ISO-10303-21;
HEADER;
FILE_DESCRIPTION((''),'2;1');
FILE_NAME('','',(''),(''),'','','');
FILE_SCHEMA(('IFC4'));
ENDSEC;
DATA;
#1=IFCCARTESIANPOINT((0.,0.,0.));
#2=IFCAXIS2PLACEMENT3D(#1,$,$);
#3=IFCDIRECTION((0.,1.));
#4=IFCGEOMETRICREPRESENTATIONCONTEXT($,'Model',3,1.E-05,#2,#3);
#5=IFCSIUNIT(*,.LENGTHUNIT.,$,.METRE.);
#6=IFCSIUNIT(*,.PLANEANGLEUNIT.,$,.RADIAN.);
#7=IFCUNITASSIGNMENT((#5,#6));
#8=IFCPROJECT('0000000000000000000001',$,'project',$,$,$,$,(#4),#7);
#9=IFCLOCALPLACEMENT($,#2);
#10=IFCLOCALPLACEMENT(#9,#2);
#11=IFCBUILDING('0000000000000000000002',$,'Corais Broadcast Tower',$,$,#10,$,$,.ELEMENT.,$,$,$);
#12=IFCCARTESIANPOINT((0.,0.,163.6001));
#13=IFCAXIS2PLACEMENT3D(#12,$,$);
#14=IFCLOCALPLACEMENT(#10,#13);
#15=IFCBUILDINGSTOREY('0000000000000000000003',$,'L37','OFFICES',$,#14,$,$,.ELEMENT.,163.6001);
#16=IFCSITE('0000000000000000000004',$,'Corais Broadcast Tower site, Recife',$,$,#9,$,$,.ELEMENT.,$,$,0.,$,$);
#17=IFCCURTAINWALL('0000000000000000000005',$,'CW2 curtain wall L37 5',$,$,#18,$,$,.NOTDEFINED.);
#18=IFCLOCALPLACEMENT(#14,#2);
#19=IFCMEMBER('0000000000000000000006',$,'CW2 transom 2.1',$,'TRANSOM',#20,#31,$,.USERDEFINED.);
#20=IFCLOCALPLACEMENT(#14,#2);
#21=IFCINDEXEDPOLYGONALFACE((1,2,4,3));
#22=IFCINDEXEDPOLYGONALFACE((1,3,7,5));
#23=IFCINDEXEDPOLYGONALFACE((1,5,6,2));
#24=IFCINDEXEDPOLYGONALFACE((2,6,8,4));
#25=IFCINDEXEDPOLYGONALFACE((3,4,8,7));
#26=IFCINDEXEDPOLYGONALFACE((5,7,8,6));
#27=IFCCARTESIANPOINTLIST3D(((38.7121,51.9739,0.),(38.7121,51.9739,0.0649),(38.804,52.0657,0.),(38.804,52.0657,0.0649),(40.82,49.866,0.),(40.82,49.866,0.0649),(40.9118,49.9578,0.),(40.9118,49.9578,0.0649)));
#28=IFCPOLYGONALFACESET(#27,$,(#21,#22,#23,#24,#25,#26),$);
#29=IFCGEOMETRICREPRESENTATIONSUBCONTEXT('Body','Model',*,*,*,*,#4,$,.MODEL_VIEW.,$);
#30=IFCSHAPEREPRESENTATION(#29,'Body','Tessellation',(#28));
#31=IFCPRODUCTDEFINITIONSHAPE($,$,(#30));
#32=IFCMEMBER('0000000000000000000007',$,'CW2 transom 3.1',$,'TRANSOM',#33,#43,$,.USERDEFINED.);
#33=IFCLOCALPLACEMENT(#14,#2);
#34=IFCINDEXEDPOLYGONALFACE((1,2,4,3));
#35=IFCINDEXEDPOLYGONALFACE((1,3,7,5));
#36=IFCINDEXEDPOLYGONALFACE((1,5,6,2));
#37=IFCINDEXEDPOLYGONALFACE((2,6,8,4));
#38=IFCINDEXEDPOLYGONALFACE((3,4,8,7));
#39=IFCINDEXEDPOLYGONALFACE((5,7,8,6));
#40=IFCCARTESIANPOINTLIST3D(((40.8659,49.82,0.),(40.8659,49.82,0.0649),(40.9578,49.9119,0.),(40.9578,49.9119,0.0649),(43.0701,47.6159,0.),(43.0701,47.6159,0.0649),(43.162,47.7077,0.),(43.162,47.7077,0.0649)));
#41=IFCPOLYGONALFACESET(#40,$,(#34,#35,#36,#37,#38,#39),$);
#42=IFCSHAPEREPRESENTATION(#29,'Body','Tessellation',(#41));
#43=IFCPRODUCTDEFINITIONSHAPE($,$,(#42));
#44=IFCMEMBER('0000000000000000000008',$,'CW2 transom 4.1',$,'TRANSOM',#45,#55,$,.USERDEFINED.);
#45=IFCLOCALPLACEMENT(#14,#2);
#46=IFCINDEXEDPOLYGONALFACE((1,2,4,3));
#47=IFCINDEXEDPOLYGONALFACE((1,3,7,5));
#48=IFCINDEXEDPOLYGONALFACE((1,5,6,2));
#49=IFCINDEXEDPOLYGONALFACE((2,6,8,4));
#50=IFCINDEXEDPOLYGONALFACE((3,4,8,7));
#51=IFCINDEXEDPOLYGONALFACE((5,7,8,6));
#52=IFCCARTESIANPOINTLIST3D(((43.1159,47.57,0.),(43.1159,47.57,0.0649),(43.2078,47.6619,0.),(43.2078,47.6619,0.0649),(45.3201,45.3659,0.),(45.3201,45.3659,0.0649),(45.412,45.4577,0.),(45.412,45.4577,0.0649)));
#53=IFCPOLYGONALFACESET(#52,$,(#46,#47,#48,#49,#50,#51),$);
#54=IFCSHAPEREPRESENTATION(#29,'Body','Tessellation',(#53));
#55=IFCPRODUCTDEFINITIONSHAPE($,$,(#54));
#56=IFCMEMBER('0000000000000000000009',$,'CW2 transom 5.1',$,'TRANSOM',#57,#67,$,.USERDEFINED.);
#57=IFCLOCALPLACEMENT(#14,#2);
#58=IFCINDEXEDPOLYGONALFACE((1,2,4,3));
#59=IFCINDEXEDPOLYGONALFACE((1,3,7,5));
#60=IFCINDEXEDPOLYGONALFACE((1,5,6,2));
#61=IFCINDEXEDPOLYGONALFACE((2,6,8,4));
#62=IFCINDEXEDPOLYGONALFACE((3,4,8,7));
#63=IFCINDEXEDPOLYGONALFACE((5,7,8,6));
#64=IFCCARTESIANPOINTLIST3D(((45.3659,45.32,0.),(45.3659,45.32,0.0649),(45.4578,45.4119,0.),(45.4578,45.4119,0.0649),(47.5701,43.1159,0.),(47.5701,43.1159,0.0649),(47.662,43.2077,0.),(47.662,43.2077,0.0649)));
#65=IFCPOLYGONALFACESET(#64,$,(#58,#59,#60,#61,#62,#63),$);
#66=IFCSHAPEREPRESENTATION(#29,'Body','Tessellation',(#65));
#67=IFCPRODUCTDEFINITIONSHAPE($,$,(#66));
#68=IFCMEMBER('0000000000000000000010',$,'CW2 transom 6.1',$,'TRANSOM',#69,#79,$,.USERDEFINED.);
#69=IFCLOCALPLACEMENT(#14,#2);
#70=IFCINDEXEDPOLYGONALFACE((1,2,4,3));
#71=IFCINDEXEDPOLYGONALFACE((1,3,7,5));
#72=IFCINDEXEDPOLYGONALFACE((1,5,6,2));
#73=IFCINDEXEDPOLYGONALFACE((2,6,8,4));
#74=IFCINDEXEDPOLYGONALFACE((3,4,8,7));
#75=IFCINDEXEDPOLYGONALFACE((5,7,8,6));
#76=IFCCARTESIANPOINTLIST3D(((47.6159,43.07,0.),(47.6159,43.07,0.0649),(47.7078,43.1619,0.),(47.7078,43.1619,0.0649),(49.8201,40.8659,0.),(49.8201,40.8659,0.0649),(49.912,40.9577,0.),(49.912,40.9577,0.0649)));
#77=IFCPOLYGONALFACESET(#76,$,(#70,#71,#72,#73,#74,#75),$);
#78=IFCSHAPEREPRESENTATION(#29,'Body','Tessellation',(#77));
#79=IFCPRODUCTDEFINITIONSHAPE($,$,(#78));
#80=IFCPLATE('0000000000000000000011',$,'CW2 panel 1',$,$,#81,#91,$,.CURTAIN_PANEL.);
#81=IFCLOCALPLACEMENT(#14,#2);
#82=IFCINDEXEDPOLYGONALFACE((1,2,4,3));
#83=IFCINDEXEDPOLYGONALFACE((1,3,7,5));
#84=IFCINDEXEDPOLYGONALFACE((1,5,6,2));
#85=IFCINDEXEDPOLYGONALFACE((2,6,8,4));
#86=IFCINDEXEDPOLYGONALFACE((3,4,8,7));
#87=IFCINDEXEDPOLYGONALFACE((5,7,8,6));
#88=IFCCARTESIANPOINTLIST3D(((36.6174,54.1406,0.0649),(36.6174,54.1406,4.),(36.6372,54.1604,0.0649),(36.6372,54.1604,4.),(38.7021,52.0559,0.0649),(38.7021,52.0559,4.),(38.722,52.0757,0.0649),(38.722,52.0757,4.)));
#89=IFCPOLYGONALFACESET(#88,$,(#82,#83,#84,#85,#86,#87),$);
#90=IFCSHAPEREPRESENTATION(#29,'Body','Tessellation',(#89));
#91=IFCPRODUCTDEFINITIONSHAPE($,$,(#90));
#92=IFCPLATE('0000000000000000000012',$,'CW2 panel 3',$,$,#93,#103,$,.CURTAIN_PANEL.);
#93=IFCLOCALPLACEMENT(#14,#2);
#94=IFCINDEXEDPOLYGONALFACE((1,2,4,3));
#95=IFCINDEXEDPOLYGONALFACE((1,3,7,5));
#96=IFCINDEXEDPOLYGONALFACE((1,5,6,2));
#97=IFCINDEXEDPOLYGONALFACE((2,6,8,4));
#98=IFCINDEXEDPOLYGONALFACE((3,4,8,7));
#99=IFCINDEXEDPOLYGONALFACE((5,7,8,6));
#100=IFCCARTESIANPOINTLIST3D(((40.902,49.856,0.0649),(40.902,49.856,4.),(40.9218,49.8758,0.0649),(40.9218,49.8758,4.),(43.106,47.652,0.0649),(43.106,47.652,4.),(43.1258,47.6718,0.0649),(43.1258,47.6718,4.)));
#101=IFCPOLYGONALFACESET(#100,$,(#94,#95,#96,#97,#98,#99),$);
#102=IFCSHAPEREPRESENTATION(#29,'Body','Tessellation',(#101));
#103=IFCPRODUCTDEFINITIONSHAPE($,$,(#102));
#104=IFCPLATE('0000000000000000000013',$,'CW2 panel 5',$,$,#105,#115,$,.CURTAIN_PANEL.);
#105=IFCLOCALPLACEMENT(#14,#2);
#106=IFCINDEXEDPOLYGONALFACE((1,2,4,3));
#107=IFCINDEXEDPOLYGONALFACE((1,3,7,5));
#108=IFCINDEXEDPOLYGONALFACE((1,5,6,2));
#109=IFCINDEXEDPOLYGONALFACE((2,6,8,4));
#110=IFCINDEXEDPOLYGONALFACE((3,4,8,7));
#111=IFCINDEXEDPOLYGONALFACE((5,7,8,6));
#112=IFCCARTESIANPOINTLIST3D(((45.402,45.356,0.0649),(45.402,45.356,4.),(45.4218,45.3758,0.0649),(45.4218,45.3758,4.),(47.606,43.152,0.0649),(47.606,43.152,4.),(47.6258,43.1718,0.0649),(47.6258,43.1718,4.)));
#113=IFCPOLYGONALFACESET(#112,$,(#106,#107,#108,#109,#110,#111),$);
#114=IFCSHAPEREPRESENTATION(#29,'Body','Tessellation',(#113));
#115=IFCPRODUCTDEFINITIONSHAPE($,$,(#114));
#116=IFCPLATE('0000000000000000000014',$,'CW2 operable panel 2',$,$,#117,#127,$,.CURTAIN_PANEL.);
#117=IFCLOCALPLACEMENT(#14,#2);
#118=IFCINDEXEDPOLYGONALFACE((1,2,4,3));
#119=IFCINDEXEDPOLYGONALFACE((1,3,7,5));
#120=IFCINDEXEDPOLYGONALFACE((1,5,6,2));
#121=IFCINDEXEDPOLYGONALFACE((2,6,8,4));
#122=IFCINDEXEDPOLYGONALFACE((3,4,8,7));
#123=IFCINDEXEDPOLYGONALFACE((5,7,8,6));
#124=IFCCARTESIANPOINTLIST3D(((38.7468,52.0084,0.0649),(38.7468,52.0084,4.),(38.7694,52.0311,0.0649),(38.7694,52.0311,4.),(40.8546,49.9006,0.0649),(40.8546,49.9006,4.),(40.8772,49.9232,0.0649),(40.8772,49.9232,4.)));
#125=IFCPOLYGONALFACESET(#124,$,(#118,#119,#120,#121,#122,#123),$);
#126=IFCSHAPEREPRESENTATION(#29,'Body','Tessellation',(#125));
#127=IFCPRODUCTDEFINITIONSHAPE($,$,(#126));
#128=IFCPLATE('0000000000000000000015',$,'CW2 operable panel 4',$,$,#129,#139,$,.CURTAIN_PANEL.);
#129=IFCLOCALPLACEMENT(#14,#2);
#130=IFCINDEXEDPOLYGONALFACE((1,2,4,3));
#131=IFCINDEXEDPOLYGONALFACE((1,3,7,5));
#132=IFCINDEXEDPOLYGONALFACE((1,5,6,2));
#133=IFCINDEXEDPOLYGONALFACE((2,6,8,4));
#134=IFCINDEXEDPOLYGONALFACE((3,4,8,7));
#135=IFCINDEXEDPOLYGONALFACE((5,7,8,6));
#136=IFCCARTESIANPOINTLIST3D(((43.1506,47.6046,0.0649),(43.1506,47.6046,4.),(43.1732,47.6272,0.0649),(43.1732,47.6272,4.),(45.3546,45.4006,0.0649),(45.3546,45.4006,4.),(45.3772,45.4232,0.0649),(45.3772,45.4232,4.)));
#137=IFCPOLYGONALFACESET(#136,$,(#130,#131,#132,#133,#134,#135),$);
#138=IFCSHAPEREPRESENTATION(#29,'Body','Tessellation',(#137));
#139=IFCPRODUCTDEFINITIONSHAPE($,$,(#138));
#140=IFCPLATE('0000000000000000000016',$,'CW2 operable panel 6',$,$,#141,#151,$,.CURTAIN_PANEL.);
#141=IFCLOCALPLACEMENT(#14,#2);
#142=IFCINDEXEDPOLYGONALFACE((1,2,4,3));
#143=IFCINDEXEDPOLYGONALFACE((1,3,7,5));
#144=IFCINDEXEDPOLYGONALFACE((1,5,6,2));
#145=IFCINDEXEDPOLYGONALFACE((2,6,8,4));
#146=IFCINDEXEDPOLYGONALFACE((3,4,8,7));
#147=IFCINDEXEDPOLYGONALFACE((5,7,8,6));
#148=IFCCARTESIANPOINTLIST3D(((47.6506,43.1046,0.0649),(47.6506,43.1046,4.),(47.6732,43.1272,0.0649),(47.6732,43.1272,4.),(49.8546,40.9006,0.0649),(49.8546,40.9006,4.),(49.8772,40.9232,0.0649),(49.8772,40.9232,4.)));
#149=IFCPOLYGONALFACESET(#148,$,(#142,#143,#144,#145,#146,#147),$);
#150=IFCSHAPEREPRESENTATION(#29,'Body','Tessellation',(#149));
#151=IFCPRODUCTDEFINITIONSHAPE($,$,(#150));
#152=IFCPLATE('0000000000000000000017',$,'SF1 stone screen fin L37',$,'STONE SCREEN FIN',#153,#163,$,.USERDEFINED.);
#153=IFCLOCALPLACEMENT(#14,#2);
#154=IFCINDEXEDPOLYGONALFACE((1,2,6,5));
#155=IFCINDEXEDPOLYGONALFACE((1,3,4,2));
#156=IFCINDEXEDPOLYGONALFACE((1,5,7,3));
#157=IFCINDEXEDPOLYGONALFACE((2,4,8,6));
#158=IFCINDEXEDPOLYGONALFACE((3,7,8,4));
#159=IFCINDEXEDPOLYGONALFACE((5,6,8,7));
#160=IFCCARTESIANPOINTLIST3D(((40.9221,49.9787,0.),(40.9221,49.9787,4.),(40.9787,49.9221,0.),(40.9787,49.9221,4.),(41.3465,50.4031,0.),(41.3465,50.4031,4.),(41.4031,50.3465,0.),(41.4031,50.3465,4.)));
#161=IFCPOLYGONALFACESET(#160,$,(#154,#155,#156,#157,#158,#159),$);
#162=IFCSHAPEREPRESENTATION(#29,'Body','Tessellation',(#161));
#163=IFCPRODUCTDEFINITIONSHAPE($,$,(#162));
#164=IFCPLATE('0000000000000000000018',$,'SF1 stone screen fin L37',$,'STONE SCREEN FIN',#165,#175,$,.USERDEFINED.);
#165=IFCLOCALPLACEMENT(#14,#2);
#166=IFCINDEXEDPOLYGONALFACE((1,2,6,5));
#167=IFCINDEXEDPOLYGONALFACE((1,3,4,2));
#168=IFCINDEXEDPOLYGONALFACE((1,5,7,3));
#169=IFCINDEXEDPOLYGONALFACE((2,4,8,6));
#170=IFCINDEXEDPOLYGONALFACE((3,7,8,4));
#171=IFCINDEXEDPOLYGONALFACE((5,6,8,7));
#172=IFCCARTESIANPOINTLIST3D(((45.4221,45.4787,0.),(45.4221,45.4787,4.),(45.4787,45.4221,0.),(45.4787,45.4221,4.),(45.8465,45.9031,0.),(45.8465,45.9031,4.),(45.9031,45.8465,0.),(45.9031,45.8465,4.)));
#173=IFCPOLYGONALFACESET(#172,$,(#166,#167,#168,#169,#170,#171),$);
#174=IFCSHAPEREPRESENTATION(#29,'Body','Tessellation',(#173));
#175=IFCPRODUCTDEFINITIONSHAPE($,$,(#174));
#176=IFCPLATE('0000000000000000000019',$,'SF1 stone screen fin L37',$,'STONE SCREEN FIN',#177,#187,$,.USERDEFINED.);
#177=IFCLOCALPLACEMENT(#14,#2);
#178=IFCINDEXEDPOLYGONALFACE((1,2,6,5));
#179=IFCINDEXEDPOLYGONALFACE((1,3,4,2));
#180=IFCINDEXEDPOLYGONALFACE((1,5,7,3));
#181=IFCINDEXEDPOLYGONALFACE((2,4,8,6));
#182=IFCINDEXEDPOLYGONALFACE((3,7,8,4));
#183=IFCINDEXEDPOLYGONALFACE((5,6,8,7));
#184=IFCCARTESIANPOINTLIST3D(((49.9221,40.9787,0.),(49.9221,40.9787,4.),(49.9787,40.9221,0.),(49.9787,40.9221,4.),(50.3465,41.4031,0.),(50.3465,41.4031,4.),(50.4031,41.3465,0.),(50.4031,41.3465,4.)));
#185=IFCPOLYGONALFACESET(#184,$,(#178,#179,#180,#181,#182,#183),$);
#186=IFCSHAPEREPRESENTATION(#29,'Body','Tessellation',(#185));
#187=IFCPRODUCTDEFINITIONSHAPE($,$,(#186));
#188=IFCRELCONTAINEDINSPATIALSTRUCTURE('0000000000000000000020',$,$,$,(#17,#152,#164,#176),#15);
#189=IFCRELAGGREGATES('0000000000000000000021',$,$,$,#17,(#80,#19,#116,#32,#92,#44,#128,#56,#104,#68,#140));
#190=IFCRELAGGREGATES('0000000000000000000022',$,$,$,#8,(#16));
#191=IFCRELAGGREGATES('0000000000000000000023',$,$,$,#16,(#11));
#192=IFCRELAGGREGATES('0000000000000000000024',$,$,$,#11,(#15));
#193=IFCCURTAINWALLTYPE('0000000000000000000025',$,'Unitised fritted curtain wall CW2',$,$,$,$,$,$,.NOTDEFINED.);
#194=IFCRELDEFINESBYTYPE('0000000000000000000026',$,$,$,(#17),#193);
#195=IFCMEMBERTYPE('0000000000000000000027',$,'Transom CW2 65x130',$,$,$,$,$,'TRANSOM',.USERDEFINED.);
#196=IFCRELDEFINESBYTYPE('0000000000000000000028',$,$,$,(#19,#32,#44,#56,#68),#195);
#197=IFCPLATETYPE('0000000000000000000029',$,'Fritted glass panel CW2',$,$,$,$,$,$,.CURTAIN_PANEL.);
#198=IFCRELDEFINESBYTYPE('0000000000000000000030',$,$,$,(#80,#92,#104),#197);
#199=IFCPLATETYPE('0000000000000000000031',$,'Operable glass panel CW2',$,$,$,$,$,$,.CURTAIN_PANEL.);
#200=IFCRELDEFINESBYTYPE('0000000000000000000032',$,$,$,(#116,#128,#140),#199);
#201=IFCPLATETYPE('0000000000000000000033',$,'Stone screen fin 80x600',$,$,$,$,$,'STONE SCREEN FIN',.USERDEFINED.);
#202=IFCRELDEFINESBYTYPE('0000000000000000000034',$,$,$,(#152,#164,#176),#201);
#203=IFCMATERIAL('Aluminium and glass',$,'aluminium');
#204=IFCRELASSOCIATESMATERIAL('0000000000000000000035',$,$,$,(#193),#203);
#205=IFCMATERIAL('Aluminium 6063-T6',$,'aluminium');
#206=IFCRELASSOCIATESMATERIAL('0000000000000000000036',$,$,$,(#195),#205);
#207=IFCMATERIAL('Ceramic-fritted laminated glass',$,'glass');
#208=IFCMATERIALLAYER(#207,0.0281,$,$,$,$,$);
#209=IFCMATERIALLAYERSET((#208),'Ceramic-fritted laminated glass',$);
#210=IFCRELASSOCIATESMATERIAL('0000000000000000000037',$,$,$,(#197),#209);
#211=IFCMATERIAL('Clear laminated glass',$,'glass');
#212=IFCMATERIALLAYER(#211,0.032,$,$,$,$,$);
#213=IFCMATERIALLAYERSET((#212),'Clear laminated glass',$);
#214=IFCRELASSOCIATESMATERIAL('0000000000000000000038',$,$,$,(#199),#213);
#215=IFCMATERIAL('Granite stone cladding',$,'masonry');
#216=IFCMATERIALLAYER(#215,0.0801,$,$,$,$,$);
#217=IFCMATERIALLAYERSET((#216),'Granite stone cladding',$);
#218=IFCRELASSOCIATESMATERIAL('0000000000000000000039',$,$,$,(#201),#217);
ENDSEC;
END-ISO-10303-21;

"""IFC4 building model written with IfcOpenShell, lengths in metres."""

from ifc_helpers import new_model, si_unit, direction, frame, origin, origin_2d, place, context, subcontext, project, spatial, rectangle, extrude, material, layer, layer_set, material_profile, profile_set, type_object, element, aggregate, save


model = new_model("IFC4")

# Units and contexts
model_context = context("Model", 3, precision=1e-05, world=origin(), true_north=direction((0.0, 1.0)))
body_context = subcontext(model_context, "Body", "Model", "MODEL_VIEW")
ifc_project = project(units=[si_unit("LENGTHUNIT", "METRE"), si_unit("PLANEANGLEUNIT", "RADIAN")], contexts=[model_context])

# Site, building, storey
site_placement = place(None, origin())
site = spatial("IfcSite", under=ifc_project, at=site_placement, Name="Corais Broadcast Tower site, Recife", CompositionType="ELEMENT", RefElevation=0.0)
building_placement = place(site_placement, origin())
building = spatial("IfcBuilding", under=site, at=building_placement, Name="Corais Broadcast Tower", CompositionType="ELEMENT")
storey_placement = place(building_placement, frame((0.0, 0.0, 163.6001)))
storey = spatial("IfcBuildingStorey", under=building, at=storey_placement, Name="L37", Description="OFFICES", CompositionType="ELEMENT", Elevation=163.6001)

# Curtain wall
ifc_material_1 = material(Name="Aluminium and glass", Category="aluminium")
curtain_wall_type = type_object("IfcCurtainWallType", Name="Unitised fritted curtain wall CW2", PredefinedType="NOTDEFINED", material=ifc_material_1)
curtain_wall_placement = place(storey_placement, origin())
curtain_wall = element("IfcCurtainWall", 1, at=curtain_wall_placement, inside=storey, type_object=curtain_wall_type, Name="CW2 curtain wall L37 5", PredefinedType="NOTDEFINED")

# Members
ifc_material_2 = material(Name="Aluminium 6063-T6", Category="aluminium")
ifc_material_profile_1 = material_profile(ifc_material_2, rectangle(XDim=0.1299, YDim=0.0649, at=origin_2d()), Name="Transom CW2 65x130")
ifc_profile_set_1 = profile_set([ifc_material_profile_1], Name="Aluminium 6063-T6")
member_type_1 = type_object("IfcMemberType", Name="Transom CW2 65x130", ElementType="TRANSOM", PredefinedType="USERDEFINED", material=ifc_profile_set_1)
member_1_placement = place(storey_placement, frame((38.7581, 52.0198, 0.0325), z_axis=(0.707107, -0.707107, 0.0), x_axis=(0.707107, 0.707107, 0.0)))
member_1 = element("IfcMember", 2, at=member_1_placement, type_object=member_type_1, Name="CW2 transom 2.1", ObjectType="TRANSOM", PredefinedType="USERDEFINED", context=body_context, shape_type="SweptSolid", body=[
    extrude(rectangle(XDim=0.1299, YDim=0.0649, at=origin_2d()), origin(), (0.0, 0.0, 1.0), 2.981),
])
member_2_placement = place(storey_placement, frame((40.9119, 49.866, 0.0325), z_axis=(0.707107, -0.707107, 0.0), x_axis=(0.707107, 0.707107, 0.0)))
member_2 = element("IfcMember", 3, at=member_2_placement, type_object=member_type_1, Name="CW2 transom 3.1", ObjectType="TRANSOM", PredefinedType="USERDEFINED", context=body_context, shape_type="SweptSolid", body=[
    extrude(rectangle(XDim=0.1299, YDim=0.0649, at=origin_2d()), origin(), (0.0, 0.0, 1.0), 3.1172),
])
member_3_placement = place(storey_placement, frame((43.1619, 47.616, 0.0325), z_axis=(0.707107, -0.707107, 0.0), x_axis=(0.707107, 0.707107, 0.0)))
member_3 = element("IfcMember", 4, at=member_3_placement, type_object=member_type_1, Name="CW2 transom 4.1", ObjectType="TRANSOM", PredefinedType="USERDEFINED", context=body_context, shape_type="SweptSolid", body=[
    extrude(rectangle(XDim=0.1299, YDim=0.0649, at=origin_2d()), origin(), (0.0, 0.0, 1.0), 3.1172),
])
member_4_placement = place(storey_placement, frame((45.4119, 45.366, 0.0325), z_axis=(0.707107, -0.707107, 0.0), x_axis=(0.707107, 0.707107, 0.0)))
member_4 = element("IfcMember", 5, at=member_4_placement, type_object=member_type_1, Name="CW2 transom 5.1", ObjectType="TRANSOM", PredefinedType="USERDEFINED", context=body_context, shape_type="SweptSolid", body=[
    extrude(rectangle(XDim=0.1299, YDim=0.0649, at=origin_2d()), origin(), (0.0, 0.0, 1.0), 3.1172),
])
member_5_placement = place(storey_placement, frame((47.6619, 43.116, 0.0325), z_axis=(0.707107, -0.707107, 0.0), x_axis=(0.707107, 0.707107, 0.0)))
member_5 = element("IfcMember", 6, at=member_5_placement, type_object=member_type_1, Name="CW2 transom 6.1", ObjectType="TRANSOM", PredefinedType="USERDEFINED", context=body_context, shape_type="SweptSolid", body=[
    extrude(rectangle(XDim=0.1299, YDim=0.0649, at=origin_2d()), origin(), (0.0, 0.0, 1.0), 3.1172),
])

# Plates
ifc_material_3 = material(Name="Ceramic-fritted laminated glass", Category="glass")
ifc_layer_1 = layer(ifc_material_3, 0.0281)
ifc_layer_set_1 = layer_set([ifc_layer_1], Name="Ceramic-fritted laminated glass")
plate_type_1 = type_object("IfcPlateType", Name="Fritted glass panel CW2", PredefinedType="CURTAIN_PANEL", material=ifc_layer_set_1)
plate_1_placement = place(storey_placement, frame((37.6697, 53.1082, 0.0649), z_axis=(0.0, 0.0, 1.0), x_axis=(0.707107, -0.707107, 0.0)))
plate_1 = element("IfcPlate", 7, at=plate_1_placement, type_object=plate_type_1, Name="CW2 panel 1", PredefinedType="CURTAIN_PANEL", context=body_context, shape_type="SweptSolid", body=[
    extrude(rectangle(XDim=2.9482, YDim=0.0281, at=origin_2d()), origin(), (0.0, 0.0, 1.0), 3.9351),
])
plate_2_placement = place(storey_placement, frame((42.0139, 48.7639, 0.0649), z_axis=(0.0, 0.0, 1.0), x_axis=(0.707107, -0.707107, 0.0)))
plate_2 = element("IfcPlate", 8, at=plate_2_placement, type_object=plate_type_1, Name="CW2 panel 3", PredefinedType="CURTAIN_PANEL", context=body_context, shape_type="SweptSolid", body=[
    extrude(rectangle(XDim=3.1169, YDim=0.0281, at=origin_2d()), origin(), (0.0, 0.0, 1.0), 3.9351),
])
plate_3_placement = place(storey_placement, frame((46.5139, 44.2639, 0.0649), z_axis=(0.0, 0.0, 1.0), x_axis=(0.707107, -0.707107, 0.0)))
plate_3 = element("IfcPlate", 9, at=plate_3_placement, type_object=plate_type_1, Name="CW2 panel 5", PredefinedType="CURTAIN_PANEL", context=body_context, shape_type="SweptSolid", body=[
    extrude(rectangle(XDim=3.1169, YDim=0.0281, at=origin_2d()), origin(), (0.0, 0.0, 1.0), 3.9351),
])
ifc_material_4 = material(Name="Clear laminated glass", Category="glass")
ifc_layer_2 = layer(ifc_material_4, 0.032)
ifc_layer_set_2 = layer_set([ifc_layer_2], Name="Clear laminated glass")
plate_type_2 = type_object("IfcPlateType", Name="Operable glass panel CW2", PredefinedType="CURTAIN_PANEL", material=ifc_layer_set_2)
plate_4_placement = place(storey_placement, frame((39.812, 50.9658, 0.0649), z_axis=(0.0, 0.0, 1.0), x_axis=(0.707107, -0.707107, 0.0)))
plate_4 = element("IfcPlate", 10, at=plate_4_placement, type_object=plate_type_2, Name="CW2 operable panel 2", PredefinedType="CURTAIN_PANEL", context=body_context, shape_type="SweptSolid", body=[
    extrude(rectangle(XDim=2.981, YDim=0.032, at=origin_2d()), origin(), (0.0, 0.0, 1.0), 3.9351),
])
plate_5_placement = place(storey_placement, frame((44.2639, 46.5139, 0.0649), z_axis=(0.0, 0.0, 1.0), x_axis=(0.707107, -0.707107, 0.0)))
plate_5 = element("IfcPlate", 11, at=plate_5_placement, type_object=plate_type_2, Name="CW2 operable panel 4", PredefinedType="CURTAIN_PANEL", context=body_context, shape_type="SweptSolid", body=[
    extrude(rectangle(XDim=3.1169, YDim=0.032, at=origin_2d()), origin(), (0.0, 0.0, 1.0), 3.9351),
])
plate_6_placement = place(storey_placement, frame((48.7639, 42.0139, 0.0649), z_axis=(0.0, 0.0, 1.0), x_axis=(0.707107, -0.707107, 0.0)))
plate_6 = element("IfcPlate", 12, at=plate_6_placement, type_object=plate_type_2, Name="CW2 operable panel 6", PredefinedType="CURTAIN_PANEL", context=body_context, shape_type="SweptSolid", body=[
    extrude(rectangle(XDim=3.1169, YDim=0.032, at=origin_2d()), origin(), (0.0, 0.0, 1.0), 3.9351),
])
aggregate(curtain_wall, [plate_1, member_1, plate_4, member_2, plate_2, member_3, plate_5, member_4, plate_3, member_5, plate_6])

# Plates
ifc_material_5 = material(Name="Granite stone cladding", Category="masonry")
ifc_layer_3 = layer(ifc_material_5, 0.0801)
ifc_layer_set_3 = layer_set([ifc_layer_3], Name="Granite stone cladding")
plate_type_3 = type_object("IfcPlateType", Name="Stone screen fin 80x600", ElementType="STONE SCREEN FIN", PredefinedType="USERDEFINED", material=ifc_layer_set_3)
for number, where, z_axis, x_axis, name in (
    (13, (41.1626, 50.1626, 0.0), (0.0, 0.0, 1.0), (0.707107, -0.707107, 0.0), "SF1 stone screen fin L37"),
    (14, (45.6626, 45.6626, 0.0), (0.0, 0.0, 1.0), (0.707107, -0.707107, 0.0), "SF1 stone screen fin L37"),
    (15, (50.1626, 41.1626, 0.0), (0.0, 0.0, 1.0), (0.707107, -0.707107, 0.0), "SF1 stone screen fin L37"),
):
    element("IfcPlate", number, at=place(storey_placement, frame(where, z_axis=z_axis, x_axis=x_axis)), inside=storey, type_object=plate_type_3, Name=name, ObjectType="STONE SCREEN FIN", PredefinedType="USERDEFINED", context=body_context, shape_type="SweptSolid", body=[
        extrude(rectangle(XDim=0.0801, YDim=0.6001, at=origin_2d()), origin(), (0.0, 0.0, 1.0), 4.0),
    ])

save(model, "model.ifc")
